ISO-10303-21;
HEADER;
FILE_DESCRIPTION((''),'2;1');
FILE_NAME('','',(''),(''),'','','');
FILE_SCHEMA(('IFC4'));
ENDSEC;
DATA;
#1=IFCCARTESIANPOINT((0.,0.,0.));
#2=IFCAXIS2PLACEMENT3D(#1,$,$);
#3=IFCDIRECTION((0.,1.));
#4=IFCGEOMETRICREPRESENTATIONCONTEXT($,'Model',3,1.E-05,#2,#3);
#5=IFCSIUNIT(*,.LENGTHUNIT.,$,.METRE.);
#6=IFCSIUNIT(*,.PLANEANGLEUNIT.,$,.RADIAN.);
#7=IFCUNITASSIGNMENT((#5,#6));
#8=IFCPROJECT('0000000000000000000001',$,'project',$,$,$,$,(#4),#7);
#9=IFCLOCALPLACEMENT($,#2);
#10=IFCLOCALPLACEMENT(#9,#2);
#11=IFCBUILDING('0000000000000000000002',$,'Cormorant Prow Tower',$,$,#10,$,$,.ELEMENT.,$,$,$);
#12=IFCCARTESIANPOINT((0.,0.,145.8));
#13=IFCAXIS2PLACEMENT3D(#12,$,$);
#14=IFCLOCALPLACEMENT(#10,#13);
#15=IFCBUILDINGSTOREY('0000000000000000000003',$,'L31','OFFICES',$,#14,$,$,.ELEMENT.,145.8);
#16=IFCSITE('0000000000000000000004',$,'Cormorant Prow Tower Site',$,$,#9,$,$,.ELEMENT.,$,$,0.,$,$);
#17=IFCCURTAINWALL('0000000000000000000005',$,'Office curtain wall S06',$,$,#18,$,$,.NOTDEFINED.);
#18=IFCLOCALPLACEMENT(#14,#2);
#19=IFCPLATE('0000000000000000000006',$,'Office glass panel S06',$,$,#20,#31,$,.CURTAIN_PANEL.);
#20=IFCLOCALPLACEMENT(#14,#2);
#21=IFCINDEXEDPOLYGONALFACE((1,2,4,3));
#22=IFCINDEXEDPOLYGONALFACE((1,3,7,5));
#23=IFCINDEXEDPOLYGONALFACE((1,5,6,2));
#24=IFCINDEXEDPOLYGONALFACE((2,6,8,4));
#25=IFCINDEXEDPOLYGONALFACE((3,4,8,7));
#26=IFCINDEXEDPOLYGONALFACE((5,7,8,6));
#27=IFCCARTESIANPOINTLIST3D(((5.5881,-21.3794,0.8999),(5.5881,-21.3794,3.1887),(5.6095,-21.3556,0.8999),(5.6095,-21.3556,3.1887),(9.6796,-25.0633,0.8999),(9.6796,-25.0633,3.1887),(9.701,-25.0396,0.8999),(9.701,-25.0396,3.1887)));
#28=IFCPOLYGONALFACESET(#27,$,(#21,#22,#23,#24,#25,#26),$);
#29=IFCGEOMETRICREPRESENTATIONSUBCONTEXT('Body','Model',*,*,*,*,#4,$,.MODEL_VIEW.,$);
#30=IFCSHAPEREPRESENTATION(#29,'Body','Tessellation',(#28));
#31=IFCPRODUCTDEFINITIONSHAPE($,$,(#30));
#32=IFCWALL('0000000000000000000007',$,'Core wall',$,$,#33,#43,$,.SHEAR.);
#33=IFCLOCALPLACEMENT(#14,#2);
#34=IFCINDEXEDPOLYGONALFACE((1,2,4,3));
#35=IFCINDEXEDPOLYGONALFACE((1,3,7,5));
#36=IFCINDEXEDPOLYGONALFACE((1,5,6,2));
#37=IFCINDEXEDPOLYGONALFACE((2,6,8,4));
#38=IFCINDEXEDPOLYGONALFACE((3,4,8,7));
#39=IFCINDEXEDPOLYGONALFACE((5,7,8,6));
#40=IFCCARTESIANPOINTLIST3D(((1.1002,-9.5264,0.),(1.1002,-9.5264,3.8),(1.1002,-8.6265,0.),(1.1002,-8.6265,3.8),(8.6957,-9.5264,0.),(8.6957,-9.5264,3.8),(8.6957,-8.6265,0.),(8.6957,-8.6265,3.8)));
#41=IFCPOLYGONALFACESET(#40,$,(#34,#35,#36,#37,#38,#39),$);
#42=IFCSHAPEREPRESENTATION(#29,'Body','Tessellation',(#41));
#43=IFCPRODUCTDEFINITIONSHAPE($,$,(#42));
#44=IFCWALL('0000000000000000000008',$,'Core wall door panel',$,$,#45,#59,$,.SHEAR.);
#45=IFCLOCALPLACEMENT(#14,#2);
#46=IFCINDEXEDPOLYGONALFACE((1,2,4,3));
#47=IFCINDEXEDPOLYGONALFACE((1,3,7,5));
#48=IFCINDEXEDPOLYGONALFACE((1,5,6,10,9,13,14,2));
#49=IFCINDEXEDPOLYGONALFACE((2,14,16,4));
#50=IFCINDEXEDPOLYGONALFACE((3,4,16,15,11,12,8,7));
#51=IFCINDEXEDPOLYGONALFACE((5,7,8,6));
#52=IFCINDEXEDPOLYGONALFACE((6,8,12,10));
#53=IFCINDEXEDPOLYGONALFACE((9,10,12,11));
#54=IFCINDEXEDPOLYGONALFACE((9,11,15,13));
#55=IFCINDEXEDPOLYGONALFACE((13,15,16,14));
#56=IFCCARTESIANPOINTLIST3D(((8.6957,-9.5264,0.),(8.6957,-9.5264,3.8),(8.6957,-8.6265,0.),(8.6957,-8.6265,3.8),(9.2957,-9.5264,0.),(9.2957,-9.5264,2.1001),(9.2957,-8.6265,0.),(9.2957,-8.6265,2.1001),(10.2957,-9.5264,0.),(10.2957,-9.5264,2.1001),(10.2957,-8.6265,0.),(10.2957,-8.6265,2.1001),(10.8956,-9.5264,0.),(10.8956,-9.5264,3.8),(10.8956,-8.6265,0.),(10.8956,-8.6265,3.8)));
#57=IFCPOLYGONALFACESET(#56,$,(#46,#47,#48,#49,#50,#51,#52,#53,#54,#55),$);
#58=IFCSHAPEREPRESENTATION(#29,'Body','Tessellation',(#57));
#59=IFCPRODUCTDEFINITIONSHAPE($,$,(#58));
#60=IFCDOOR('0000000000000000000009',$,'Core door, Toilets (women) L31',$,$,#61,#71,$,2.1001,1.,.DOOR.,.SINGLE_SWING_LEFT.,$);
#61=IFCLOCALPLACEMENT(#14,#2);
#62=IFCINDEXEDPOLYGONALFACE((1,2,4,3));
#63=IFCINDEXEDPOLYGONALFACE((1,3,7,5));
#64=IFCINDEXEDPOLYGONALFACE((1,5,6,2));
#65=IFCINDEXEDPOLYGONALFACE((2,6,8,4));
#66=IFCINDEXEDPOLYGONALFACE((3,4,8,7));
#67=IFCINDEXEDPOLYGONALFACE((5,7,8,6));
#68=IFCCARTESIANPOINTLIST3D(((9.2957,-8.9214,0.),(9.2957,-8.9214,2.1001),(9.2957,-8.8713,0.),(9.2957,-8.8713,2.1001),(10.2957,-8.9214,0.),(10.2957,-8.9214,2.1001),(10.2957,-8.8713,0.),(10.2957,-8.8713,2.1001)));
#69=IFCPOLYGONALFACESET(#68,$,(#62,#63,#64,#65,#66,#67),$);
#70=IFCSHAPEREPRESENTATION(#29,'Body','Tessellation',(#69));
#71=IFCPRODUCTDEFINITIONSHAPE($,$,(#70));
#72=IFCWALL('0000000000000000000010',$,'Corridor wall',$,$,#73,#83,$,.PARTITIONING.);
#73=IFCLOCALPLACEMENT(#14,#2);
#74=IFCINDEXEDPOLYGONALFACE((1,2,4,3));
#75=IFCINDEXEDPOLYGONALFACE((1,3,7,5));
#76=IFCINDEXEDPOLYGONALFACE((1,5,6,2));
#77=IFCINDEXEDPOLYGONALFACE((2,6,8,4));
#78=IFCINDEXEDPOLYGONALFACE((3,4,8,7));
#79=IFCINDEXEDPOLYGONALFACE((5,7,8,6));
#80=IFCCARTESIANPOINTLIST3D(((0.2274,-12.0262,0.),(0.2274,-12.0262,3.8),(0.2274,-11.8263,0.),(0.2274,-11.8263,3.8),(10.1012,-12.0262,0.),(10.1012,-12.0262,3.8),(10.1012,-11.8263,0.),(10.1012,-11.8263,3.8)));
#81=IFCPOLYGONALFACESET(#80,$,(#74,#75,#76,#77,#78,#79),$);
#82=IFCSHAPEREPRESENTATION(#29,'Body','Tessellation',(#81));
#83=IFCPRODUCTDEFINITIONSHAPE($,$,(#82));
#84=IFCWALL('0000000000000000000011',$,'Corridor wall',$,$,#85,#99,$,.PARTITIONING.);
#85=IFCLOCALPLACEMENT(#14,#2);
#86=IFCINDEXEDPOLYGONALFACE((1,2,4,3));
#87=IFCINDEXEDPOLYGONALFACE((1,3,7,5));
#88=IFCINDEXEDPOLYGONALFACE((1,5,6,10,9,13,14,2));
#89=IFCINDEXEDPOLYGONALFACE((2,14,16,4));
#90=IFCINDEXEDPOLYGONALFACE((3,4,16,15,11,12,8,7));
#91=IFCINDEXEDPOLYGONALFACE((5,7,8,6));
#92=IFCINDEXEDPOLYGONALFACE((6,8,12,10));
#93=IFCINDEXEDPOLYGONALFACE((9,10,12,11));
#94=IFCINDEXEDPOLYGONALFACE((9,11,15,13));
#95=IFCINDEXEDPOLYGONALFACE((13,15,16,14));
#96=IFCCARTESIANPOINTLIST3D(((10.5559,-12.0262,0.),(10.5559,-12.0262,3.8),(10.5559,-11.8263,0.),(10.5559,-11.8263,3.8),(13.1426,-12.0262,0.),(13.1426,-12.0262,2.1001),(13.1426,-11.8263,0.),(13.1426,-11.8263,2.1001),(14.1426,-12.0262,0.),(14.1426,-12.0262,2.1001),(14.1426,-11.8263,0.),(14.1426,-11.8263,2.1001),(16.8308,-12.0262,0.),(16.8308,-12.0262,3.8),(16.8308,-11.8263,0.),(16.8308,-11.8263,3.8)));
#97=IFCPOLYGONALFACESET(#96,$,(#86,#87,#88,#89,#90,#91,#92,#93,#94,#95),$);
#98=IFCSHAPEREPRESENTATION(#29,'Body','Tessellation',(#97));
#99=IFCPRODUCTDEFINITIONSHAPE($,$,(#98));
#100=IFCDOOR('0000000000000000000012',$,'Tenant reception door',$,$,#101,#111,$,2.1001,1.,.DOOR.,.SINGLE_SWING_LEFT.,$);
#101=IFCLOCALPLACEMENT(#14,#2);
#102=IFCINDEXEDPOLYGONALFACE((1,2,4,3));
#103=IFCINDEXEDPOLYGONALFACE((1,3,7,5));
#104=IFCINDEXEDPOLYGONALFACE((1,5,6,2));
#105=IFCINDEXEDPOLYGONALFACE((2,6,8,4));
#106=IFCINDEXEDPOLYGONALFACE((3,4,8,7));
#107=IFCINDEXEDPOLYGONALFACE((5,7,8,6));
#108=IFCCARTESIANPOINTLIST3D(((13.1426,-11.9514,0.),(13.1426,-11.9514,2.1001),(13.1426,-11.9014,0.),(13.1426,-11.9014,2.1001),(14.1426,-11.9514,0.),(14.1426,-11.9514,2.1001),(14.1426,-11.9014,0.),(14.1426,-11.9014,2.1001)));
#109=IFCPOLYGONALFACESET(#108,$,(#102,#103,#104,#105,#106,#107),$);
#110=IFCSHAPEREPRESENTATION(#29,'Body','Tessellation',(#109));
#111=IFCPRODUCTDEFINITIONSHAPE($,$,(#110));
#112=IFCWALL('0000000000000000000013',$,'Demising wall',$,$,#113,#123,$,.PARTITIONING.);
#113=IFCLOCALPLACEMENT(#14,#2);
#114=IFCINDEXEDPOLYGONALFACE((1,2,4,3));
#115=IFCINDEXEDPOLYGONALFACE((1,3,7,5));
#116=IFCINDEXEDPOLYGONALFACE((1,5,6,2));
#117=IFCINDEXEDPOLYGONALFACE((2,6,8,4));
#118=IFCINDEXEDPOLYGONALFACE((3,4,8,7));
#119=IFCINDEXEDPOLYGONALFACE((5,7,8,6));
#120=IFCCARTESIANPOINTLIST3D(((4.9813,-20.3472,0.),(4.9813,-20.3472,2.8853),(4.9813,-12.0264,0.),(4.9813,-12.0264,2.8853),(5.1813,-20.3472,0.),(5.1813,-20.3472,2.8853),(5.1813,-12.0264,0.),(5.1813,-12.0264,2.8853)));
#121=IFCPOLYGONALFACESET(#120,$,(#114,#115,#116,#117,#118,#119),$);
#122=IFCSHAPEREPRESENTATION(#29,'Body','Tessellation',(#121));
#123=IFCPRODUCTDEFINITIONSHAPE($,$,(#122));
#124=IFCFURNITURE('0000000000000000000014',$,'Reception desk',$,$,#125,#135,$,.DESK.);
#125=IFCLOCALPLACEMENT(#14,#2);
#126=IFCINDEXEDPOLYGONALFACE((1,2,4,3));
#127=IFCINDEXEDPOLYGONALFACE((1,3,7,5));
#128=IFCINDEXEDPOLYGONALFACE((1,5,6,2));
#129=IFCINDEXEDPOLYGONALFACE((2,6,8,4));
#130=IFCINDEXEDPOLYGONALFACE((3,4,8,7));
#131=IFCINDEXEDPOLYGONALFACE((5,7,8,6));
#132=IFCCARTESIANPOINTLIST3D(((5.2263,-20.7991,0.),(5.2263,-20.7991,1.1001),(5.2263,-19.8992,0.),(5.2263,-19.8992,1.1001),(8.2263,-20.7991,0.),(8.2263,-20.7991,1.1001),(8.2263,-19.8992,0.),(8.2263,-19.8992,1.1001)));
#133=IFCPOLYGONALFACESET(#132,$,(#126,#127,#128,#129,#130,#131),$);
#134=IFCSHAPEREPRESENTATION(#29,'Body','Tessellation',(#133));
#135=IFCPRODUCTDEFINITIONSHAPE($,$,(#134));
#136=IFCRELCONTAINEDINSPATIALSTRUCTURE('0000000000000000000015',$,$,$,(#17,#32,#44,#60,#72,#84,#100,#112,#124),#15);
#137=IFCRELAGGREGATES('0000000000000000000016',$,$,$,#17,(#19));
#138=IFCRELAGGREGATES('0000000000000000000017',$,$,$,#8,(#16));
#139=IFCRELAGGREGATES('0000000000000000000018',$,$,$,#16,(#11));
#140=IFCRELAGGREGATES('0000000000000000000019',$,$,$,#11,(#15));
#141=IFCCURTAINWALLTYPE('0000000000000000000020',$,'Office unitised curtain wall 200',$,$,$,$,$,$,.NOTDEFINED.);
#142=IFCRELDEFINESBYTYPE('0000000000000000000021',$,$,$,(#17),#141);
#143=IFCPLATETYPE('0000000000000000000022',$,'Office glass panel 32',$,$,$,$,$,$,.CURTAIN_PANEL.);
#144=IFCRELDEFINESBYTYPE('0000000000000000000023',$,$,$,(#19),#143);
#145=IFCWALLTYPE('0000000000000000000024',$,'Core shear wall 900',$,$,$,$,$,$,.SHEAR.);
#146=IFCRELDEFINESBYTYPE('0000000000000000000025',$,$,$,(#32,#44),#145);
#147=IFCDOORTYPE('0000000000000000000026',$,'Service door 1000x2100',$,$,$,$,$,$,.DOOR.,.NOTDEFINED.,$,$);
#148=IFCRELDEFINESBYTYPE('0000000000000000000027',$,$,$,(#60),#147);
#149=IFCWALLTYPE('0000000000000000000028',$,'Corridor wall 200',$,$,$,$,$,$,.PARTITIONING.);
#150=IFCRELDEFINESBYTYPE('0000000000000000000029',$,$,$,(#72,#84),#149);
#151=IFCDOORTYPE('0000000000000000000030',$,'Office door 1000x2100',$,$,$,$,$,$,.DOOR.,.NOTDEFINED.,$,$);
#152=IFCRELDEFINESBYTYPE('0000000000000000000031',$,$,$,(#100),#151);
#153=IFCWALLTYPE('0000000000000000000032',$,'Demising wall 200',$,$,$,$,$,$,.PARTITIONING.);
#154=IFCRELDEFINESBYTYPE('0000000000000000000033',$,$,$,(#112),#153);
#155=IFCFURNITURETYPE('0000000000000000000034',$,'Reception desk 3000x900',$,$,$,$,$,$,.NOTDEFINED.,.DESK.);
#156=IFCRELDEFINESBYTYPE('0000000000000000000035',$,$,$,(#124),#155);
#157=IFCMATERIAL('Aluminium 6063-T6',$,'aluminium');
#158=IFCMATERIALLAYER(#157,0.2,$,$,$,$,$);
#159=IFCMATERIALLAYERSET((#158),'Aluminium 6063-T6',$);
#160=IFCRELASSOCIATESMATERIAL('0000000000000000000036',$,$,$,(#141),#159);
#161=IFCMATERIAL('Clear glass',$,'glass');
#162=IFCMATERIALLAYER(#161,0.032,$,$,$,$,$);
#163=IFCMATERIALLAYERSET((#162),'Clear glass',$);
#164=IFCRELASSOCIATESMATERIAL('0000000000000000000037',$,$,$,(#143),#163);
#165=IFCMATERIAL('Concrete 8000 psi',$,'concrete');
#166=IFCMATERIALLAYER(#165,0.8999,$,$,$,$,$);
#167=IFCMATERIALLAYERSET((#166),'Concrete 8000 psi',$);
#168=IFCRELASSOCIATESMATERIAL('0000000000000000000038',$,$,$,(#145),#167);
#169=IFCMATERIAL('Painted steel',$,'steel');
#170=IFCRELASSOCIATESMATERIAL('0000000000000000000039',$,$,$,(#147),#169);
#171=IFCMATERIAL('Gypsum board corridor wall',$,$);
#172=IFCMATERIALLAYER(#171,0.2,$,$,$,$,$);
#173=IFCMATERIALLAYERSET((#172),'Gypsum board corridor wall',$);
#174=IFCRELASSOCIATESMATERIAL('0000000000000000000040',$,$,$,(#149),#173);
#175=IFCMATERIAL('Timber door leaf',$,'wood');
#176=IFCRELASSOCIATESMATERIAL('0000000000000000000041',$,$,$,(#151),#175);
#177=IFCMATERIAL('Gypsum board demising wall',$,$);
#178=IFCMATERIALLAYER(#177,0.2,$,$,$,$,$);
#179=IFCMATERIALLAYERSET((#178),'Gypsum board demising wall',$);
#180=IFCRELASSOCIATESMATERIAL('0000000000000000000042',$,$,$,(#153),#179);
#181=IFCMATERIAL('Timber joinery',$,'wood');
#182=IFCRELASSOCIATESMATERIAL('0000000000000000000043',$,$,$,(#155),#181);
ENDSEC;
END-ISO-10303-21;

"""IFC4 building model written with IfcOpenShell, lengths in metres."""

from ifc_helpers import new_model, si_unit, direction, frame, frame_2d, origin, origin_2d, place, context, subcontext, project, spatial, rectangle, extrude, material, layer, layer_set, type_object, element, fill, aggregate, save


model = new_model("IFC4")

# Units and contexts
model_context = context("Model", 3, precision=1e-05, world=origin(), true_north=direction((0.0, 1.0)))
body_context = subcontext(model_context, "Body", "Model", "MODEL_VIEW")
ifc_project = project(units=[si_unit("LENGTHUNIT", "METRE"), si_unit("PLANEANGLEUNIT", "RADIAN")], contexts=[model_context])

# Site, building, storey
site_placement = place(None, origin())
site = spatial("IfcSite", under=ifc_project, at=site_placement, Name="Cormorant Prow Tower Site", CompositionType="ELEMENT", RefElevation=0.0)
building_placement = place(site_placement, origin())
building = spatial("IfcBuilding", under=site, at=building_placement, Name="Cormorant Prow Tower", CompositionType="ELEMENT")
storey_placement = place(building_placement, frame((0.0, 0.0, 145.8)))
storey = spatial("IfcBuildingStorey", under=building, at=storey_placement, Name="L31", Description="OFFICES", CompositionType="ELEMENT", Elevation=145.8)

# Curtain wall
ifc_material_1 = material(Name="Aluminium 6063-T6", Category="aluminium")
ifc_layer_1 = layer(ifc_material_1, 0.2)
ifc_layer_set_1 = layer_set([ifc_layer_1], Name="Aluminium 6063-T6")
curtain_wall_type = type_object("IfcCurtainWallType", Name="Office unitised curtain wall 200", PredefinedType="NOTDEFINED", material=ifc_layer_set_1)
curtain_wall_placement = place(storey_placement, origin())
curtain_wall = element("IfcCurtainWall", 1, at=curtain_wall_placement, inside=storey, type_object=curtain_wall_type, Name="Office curtain wall S06", PredefinedType="NOTDEFINED")

# Plate
ifc_material_2 = material(Name="Clear glass", Category="glass")
ifc_layer_2 = layer(ifc_material_2, 0.032)
ifc_layer_set_2 = layer_set([ifc_layer_2], Name="Clear glass")
plate_type = type_object("IfcPlateType", Name="Office glass panel 32", PredefinedType="CURTAIN_PANEL", material=ifc_layer_set_2)
plate_placement = place(storey_placement, frame((7.6445, -23.2095, 0.8999), z_axis=(0.0, 0.0, 1.0), x_axis=(0.743145, -0.669131, 0.0)))
plate = element("IfcPlate", 2, at=plate_placement, type_object=plate_type, Name="Office glass panel S06", PredefinedType="CURTAIN_PANEL", context=body_context, shape_type="SweptSolid", body=[
    extrude(rectangle(XDim=5.5056, YDim=0.032, at=origin_2d()), origin(), (0.0, 0.0, 1.0), 2.2888),
])
aggregate(curtain_wall, [plate])

# Wall
ifc_material_3 = material(Name="Concrete 8000 psi", Category="concrete")
ifc_layer_3 = layer(ifc_material_3, 0.8999)
ifc_layer_set_3 = layer_set([ifc_layer_3], Name="Concrete 8000 psi")
wall_type_1 = type_object("IfcWallType", Name="Core shear wall 900", PredefinedType="SHEAR", material=ifc_layer_set_3)
wall_1_placement = place(storey_placement, frame((1.1001, -9.0764, 0.0), z_axis=(0.0, 0.0, 1.0), x_axis=(1.0, 0.0, 0.0)))
element("IfcWall", 3, at=wall_1_placement, inside=storey, type_object=wall_type_1, Name="Core wall", PredefinedType="SHEAR", context=body_context, shape_type="SweptSolid", body=[
    extrude(rectangle(XDim=7.5955, YDim=0.8999, at=frame_2d((3.7979, 0.0))), origin(), (0.0, 0.0, 1.0), 3.8),
])

# Wall, opening, door
wall_2_placement = place(storey_placement, frame((8.6956, -9.0764, 0.0), z_axis=(0.0, 0.0, 1.0), x_axis=(1.0, 0.0, 0.0)))
wall_2 = element("IfcWall", 4, at=wall_2_placement, inside=storey, type_object=wall_type_1, Name="Core wall door panel", PredefinedType="SHEAR", context=body_context, shape_type="SweptSolid", body=[
    extrude(rectangle(XDim=2.2, YDim=0.8999, at=frame_2d((1.1001, 0.0))), origin(), (0.0, 0.0, 1.0), 3.8),
])
opening_1_placement = place(wall_2_placement, frame((0.6001, 0.0, 0.0)))
opening_1 = element("IfcOpeningElement", 5, at=opening_1_placement, cuts=wall_2, PredefinedType="OPENING", context=body_context, shape_type="SweptSolid", body=[
    extrude(rectangle(XDim=1.0, YDim=2.1001, at=frame_2d((0.5, 1.05))), frame((0.0, 0.46, 0.0), z_axis=(0.0, -1.0, 0.0), x_axis=(1.0, 0.0, 0.0)), (0.0, 0.0, 1.0), 0.9199),
])
ifc_material_4 = material(Name="Painted steel", Category="steel")
door_type_1 = type_object("IfcDoorType", Name="Service door 1000x2100", OperationType="NOTDEFINED", PredefinedType="DOOR", material=ifc_material_4)
door_1_placement = place(opening_1_placement, origin())
door_1 = element("IfcDoor", 6, at=door_1_placement, inside=storey, type_object=door_type_1, Name="Core door, Toilets (women) L31", OperationType="SINGLE_SWING_LEFT", OverallHeight=2.1001, OverallWidth=1.0, PredefinedType="DOOR", context=body_context, shape_type="SweptSolid", body=[
    extrude(rectangle(XDim=1.0, YDim=2.1001, at=frame_2d((0.5, 1.05))), frame((0.0, 0.2051, 0.0), z_axis=(0.0, -1.0, 0.0), x_axis=(1.0, 0.0, 0.0)), (0.0, 0.0, 1.0), 0.05),
])
fill(opening_1, door_1)

# Wall
ifc_material_5 = material(Name="Gypsum board corridor wall")
ifc_layer_4 = layer(ifc_material_5, 0.2)
ifc_layer_set_4 = layer_set([ifc_layer_4], Name="Gypsum board corridor wall")
wall_type_2 = type_object("IfcWallType", Name="Corridor wall 200", PredefinedType="PARTITIONING", material=ifc_layer_set_4)
wall_3_placement = place(storey_placement, frame((0.2273, -11.9263, 0.0), z_axis=(0.0, 0.0, 1.0), x_axis=(1.0, 0.0, 0.0)))
element("IfcWall", 7, at=wall_3_placement, inside=storey, type_object=wall_type_2, Name="Corridor wall", PredefinedType="PARTITIONING", context=body_context, shape_type="SweptSolid", body=[
    extrude(rectangle(XDim=9.8738, YDim=0.2, at=frame_2d((4.937, 0.0))), origin(), (0.0, 0.0, 1.0), 3.8),
])

# Wall, opening, door
wall_4_placement = place(storey_placement, frame((10.5559, -11.9263, 0.0), z_axis=(0.0, 0.0, 1.0), x_axis=(1.0, 0.0, 0.0)))
wall_4 = element("IfcWall", 8, at=wall_4_placement, inside=storey, type_object=wall_type_2, Name="Corridor wall", PredefinedType="PARTITIONING", context=body_context, shape_type="SweptSolid", body=[
    extrude(rectangle(XDim=6.2749, YDim=0.2, at=frame_2d((3.1375, 0.0))), origin(), (0.0, 0.0, 1.0), 3.8),
])
opening_2_placement = place(wall_4_placement, frame((2.5867, 0.0, 0.0)))
opening_2 = element("IfcOpeningElement", 9, at=opening_2_placement, cuts=wall_4, PredefinedType="OPENING", context=body_context, shape_type="SweptSolid", body=[
    extrude(rectangle(XDim=1.0, YDim=2.1001, at=frame_2d((0.5, 1.05))), frame((0.0, 0.1099, 0.0), z_axis=(0.0, -1.0, 0.0), x_axis=(1.0, 0.0, 0.0)), (0.0, 0.0, 1.0), 0.22),
])
ifc_material_6 = material(Name="Timber door leaf", Category="wood")
door_type_2 = type_object("IfcDoorType", Name="Office door 1000x2100", OperationType="NOTDEFINED", PredefinedType="DOOR", material=ifc_material_6)
door_2_placement = place(opening_2_placement, origin())
door_2 = element("IfcDoor", 10, at=door_2_placement, inside=storey, type_object=door_type_2, Name="Tenant reception door", OperationType="SINGLE_SWING_LEFT", OverallHeight=2.1001, OverallWidth=1.0, PredefinedType="DOOR", context=body_context, shape_type="SweptSolid", body=[
    extrude(rectangle(XDim=1.0, YDim=2.1001, at=frame_2d((0.5, 1.05))), frame((0.0, 0.0249, 0.0), z_axis=(0.0, -1.0, 0.0), x_axis=(1.0, 0.0, 0.0)), (0.0, 0.0, 1.0), 0.05),
])
fill(opening_2, door_2)

# Wall
ifc_material_7 = material(Name="Gypsum board demising wall")
ifc_layer_5 = layer(ifc_material_7, 0.2)
ifc_layer_set_5 = layer_set([ifc_layer_5], Name="Gypsum board demising wall")
wall_type_3 = type_object("IfcWallType", Name="Demising wall 200", PredefinedType="PARTITIONING", material=ifc_layer_set_5)
wall_5_placement = place(storey_placement, frame((5.0813, -20.3472, 0.0), z_axis=(0.0, 0.0, 1.0), x_axis=(0.0, 1.0, 0.0)))
element("IfcWall", 11, at=wall_5_placement, inside=storey, type_object=wall_type_3, Name="Demising wall", PredefinedType="PARTITIONING", context=body_context, shape_type="SweptSolid", body=[
    extrude(rectangle(XDim=8.3208, YDim=0.2, at=frame_2d((4.1604, 0.0))), origin(), (0.0, 0.0, 1.0), 2.8853),
])

# Furniture
ifc_material_8 = material(Name="Timber joinery", Category="wood")
furniture_type = type_object("IfcFurnitureType", Name="Reception desk 3000x900", AssemblyPlace="NOTDEFINED", PredefinedType="DESK", material=ifc_material_8)
furniture_placement = place(storey_placement, frame((6.7263, -20.3491, 0.0), z_axis=(0.0, 0.0, 1.0), x_axis=(1.0, 0.0, 0.0)))
element("IfcFurniture", 12, at=furniture_placement, inside=storey, type_object=furniture_type, Name="Reception desk", PredefinedType="DESK", context=body_context, shape_type="SweptSolid", body=[
    extrude(rectangle(XDim=3.0, YDim=0.8999, at=origin_2d()), origin(), (0.0, 0.0, 1.0), 1.1001),
])

save(model, "model.ifc")
